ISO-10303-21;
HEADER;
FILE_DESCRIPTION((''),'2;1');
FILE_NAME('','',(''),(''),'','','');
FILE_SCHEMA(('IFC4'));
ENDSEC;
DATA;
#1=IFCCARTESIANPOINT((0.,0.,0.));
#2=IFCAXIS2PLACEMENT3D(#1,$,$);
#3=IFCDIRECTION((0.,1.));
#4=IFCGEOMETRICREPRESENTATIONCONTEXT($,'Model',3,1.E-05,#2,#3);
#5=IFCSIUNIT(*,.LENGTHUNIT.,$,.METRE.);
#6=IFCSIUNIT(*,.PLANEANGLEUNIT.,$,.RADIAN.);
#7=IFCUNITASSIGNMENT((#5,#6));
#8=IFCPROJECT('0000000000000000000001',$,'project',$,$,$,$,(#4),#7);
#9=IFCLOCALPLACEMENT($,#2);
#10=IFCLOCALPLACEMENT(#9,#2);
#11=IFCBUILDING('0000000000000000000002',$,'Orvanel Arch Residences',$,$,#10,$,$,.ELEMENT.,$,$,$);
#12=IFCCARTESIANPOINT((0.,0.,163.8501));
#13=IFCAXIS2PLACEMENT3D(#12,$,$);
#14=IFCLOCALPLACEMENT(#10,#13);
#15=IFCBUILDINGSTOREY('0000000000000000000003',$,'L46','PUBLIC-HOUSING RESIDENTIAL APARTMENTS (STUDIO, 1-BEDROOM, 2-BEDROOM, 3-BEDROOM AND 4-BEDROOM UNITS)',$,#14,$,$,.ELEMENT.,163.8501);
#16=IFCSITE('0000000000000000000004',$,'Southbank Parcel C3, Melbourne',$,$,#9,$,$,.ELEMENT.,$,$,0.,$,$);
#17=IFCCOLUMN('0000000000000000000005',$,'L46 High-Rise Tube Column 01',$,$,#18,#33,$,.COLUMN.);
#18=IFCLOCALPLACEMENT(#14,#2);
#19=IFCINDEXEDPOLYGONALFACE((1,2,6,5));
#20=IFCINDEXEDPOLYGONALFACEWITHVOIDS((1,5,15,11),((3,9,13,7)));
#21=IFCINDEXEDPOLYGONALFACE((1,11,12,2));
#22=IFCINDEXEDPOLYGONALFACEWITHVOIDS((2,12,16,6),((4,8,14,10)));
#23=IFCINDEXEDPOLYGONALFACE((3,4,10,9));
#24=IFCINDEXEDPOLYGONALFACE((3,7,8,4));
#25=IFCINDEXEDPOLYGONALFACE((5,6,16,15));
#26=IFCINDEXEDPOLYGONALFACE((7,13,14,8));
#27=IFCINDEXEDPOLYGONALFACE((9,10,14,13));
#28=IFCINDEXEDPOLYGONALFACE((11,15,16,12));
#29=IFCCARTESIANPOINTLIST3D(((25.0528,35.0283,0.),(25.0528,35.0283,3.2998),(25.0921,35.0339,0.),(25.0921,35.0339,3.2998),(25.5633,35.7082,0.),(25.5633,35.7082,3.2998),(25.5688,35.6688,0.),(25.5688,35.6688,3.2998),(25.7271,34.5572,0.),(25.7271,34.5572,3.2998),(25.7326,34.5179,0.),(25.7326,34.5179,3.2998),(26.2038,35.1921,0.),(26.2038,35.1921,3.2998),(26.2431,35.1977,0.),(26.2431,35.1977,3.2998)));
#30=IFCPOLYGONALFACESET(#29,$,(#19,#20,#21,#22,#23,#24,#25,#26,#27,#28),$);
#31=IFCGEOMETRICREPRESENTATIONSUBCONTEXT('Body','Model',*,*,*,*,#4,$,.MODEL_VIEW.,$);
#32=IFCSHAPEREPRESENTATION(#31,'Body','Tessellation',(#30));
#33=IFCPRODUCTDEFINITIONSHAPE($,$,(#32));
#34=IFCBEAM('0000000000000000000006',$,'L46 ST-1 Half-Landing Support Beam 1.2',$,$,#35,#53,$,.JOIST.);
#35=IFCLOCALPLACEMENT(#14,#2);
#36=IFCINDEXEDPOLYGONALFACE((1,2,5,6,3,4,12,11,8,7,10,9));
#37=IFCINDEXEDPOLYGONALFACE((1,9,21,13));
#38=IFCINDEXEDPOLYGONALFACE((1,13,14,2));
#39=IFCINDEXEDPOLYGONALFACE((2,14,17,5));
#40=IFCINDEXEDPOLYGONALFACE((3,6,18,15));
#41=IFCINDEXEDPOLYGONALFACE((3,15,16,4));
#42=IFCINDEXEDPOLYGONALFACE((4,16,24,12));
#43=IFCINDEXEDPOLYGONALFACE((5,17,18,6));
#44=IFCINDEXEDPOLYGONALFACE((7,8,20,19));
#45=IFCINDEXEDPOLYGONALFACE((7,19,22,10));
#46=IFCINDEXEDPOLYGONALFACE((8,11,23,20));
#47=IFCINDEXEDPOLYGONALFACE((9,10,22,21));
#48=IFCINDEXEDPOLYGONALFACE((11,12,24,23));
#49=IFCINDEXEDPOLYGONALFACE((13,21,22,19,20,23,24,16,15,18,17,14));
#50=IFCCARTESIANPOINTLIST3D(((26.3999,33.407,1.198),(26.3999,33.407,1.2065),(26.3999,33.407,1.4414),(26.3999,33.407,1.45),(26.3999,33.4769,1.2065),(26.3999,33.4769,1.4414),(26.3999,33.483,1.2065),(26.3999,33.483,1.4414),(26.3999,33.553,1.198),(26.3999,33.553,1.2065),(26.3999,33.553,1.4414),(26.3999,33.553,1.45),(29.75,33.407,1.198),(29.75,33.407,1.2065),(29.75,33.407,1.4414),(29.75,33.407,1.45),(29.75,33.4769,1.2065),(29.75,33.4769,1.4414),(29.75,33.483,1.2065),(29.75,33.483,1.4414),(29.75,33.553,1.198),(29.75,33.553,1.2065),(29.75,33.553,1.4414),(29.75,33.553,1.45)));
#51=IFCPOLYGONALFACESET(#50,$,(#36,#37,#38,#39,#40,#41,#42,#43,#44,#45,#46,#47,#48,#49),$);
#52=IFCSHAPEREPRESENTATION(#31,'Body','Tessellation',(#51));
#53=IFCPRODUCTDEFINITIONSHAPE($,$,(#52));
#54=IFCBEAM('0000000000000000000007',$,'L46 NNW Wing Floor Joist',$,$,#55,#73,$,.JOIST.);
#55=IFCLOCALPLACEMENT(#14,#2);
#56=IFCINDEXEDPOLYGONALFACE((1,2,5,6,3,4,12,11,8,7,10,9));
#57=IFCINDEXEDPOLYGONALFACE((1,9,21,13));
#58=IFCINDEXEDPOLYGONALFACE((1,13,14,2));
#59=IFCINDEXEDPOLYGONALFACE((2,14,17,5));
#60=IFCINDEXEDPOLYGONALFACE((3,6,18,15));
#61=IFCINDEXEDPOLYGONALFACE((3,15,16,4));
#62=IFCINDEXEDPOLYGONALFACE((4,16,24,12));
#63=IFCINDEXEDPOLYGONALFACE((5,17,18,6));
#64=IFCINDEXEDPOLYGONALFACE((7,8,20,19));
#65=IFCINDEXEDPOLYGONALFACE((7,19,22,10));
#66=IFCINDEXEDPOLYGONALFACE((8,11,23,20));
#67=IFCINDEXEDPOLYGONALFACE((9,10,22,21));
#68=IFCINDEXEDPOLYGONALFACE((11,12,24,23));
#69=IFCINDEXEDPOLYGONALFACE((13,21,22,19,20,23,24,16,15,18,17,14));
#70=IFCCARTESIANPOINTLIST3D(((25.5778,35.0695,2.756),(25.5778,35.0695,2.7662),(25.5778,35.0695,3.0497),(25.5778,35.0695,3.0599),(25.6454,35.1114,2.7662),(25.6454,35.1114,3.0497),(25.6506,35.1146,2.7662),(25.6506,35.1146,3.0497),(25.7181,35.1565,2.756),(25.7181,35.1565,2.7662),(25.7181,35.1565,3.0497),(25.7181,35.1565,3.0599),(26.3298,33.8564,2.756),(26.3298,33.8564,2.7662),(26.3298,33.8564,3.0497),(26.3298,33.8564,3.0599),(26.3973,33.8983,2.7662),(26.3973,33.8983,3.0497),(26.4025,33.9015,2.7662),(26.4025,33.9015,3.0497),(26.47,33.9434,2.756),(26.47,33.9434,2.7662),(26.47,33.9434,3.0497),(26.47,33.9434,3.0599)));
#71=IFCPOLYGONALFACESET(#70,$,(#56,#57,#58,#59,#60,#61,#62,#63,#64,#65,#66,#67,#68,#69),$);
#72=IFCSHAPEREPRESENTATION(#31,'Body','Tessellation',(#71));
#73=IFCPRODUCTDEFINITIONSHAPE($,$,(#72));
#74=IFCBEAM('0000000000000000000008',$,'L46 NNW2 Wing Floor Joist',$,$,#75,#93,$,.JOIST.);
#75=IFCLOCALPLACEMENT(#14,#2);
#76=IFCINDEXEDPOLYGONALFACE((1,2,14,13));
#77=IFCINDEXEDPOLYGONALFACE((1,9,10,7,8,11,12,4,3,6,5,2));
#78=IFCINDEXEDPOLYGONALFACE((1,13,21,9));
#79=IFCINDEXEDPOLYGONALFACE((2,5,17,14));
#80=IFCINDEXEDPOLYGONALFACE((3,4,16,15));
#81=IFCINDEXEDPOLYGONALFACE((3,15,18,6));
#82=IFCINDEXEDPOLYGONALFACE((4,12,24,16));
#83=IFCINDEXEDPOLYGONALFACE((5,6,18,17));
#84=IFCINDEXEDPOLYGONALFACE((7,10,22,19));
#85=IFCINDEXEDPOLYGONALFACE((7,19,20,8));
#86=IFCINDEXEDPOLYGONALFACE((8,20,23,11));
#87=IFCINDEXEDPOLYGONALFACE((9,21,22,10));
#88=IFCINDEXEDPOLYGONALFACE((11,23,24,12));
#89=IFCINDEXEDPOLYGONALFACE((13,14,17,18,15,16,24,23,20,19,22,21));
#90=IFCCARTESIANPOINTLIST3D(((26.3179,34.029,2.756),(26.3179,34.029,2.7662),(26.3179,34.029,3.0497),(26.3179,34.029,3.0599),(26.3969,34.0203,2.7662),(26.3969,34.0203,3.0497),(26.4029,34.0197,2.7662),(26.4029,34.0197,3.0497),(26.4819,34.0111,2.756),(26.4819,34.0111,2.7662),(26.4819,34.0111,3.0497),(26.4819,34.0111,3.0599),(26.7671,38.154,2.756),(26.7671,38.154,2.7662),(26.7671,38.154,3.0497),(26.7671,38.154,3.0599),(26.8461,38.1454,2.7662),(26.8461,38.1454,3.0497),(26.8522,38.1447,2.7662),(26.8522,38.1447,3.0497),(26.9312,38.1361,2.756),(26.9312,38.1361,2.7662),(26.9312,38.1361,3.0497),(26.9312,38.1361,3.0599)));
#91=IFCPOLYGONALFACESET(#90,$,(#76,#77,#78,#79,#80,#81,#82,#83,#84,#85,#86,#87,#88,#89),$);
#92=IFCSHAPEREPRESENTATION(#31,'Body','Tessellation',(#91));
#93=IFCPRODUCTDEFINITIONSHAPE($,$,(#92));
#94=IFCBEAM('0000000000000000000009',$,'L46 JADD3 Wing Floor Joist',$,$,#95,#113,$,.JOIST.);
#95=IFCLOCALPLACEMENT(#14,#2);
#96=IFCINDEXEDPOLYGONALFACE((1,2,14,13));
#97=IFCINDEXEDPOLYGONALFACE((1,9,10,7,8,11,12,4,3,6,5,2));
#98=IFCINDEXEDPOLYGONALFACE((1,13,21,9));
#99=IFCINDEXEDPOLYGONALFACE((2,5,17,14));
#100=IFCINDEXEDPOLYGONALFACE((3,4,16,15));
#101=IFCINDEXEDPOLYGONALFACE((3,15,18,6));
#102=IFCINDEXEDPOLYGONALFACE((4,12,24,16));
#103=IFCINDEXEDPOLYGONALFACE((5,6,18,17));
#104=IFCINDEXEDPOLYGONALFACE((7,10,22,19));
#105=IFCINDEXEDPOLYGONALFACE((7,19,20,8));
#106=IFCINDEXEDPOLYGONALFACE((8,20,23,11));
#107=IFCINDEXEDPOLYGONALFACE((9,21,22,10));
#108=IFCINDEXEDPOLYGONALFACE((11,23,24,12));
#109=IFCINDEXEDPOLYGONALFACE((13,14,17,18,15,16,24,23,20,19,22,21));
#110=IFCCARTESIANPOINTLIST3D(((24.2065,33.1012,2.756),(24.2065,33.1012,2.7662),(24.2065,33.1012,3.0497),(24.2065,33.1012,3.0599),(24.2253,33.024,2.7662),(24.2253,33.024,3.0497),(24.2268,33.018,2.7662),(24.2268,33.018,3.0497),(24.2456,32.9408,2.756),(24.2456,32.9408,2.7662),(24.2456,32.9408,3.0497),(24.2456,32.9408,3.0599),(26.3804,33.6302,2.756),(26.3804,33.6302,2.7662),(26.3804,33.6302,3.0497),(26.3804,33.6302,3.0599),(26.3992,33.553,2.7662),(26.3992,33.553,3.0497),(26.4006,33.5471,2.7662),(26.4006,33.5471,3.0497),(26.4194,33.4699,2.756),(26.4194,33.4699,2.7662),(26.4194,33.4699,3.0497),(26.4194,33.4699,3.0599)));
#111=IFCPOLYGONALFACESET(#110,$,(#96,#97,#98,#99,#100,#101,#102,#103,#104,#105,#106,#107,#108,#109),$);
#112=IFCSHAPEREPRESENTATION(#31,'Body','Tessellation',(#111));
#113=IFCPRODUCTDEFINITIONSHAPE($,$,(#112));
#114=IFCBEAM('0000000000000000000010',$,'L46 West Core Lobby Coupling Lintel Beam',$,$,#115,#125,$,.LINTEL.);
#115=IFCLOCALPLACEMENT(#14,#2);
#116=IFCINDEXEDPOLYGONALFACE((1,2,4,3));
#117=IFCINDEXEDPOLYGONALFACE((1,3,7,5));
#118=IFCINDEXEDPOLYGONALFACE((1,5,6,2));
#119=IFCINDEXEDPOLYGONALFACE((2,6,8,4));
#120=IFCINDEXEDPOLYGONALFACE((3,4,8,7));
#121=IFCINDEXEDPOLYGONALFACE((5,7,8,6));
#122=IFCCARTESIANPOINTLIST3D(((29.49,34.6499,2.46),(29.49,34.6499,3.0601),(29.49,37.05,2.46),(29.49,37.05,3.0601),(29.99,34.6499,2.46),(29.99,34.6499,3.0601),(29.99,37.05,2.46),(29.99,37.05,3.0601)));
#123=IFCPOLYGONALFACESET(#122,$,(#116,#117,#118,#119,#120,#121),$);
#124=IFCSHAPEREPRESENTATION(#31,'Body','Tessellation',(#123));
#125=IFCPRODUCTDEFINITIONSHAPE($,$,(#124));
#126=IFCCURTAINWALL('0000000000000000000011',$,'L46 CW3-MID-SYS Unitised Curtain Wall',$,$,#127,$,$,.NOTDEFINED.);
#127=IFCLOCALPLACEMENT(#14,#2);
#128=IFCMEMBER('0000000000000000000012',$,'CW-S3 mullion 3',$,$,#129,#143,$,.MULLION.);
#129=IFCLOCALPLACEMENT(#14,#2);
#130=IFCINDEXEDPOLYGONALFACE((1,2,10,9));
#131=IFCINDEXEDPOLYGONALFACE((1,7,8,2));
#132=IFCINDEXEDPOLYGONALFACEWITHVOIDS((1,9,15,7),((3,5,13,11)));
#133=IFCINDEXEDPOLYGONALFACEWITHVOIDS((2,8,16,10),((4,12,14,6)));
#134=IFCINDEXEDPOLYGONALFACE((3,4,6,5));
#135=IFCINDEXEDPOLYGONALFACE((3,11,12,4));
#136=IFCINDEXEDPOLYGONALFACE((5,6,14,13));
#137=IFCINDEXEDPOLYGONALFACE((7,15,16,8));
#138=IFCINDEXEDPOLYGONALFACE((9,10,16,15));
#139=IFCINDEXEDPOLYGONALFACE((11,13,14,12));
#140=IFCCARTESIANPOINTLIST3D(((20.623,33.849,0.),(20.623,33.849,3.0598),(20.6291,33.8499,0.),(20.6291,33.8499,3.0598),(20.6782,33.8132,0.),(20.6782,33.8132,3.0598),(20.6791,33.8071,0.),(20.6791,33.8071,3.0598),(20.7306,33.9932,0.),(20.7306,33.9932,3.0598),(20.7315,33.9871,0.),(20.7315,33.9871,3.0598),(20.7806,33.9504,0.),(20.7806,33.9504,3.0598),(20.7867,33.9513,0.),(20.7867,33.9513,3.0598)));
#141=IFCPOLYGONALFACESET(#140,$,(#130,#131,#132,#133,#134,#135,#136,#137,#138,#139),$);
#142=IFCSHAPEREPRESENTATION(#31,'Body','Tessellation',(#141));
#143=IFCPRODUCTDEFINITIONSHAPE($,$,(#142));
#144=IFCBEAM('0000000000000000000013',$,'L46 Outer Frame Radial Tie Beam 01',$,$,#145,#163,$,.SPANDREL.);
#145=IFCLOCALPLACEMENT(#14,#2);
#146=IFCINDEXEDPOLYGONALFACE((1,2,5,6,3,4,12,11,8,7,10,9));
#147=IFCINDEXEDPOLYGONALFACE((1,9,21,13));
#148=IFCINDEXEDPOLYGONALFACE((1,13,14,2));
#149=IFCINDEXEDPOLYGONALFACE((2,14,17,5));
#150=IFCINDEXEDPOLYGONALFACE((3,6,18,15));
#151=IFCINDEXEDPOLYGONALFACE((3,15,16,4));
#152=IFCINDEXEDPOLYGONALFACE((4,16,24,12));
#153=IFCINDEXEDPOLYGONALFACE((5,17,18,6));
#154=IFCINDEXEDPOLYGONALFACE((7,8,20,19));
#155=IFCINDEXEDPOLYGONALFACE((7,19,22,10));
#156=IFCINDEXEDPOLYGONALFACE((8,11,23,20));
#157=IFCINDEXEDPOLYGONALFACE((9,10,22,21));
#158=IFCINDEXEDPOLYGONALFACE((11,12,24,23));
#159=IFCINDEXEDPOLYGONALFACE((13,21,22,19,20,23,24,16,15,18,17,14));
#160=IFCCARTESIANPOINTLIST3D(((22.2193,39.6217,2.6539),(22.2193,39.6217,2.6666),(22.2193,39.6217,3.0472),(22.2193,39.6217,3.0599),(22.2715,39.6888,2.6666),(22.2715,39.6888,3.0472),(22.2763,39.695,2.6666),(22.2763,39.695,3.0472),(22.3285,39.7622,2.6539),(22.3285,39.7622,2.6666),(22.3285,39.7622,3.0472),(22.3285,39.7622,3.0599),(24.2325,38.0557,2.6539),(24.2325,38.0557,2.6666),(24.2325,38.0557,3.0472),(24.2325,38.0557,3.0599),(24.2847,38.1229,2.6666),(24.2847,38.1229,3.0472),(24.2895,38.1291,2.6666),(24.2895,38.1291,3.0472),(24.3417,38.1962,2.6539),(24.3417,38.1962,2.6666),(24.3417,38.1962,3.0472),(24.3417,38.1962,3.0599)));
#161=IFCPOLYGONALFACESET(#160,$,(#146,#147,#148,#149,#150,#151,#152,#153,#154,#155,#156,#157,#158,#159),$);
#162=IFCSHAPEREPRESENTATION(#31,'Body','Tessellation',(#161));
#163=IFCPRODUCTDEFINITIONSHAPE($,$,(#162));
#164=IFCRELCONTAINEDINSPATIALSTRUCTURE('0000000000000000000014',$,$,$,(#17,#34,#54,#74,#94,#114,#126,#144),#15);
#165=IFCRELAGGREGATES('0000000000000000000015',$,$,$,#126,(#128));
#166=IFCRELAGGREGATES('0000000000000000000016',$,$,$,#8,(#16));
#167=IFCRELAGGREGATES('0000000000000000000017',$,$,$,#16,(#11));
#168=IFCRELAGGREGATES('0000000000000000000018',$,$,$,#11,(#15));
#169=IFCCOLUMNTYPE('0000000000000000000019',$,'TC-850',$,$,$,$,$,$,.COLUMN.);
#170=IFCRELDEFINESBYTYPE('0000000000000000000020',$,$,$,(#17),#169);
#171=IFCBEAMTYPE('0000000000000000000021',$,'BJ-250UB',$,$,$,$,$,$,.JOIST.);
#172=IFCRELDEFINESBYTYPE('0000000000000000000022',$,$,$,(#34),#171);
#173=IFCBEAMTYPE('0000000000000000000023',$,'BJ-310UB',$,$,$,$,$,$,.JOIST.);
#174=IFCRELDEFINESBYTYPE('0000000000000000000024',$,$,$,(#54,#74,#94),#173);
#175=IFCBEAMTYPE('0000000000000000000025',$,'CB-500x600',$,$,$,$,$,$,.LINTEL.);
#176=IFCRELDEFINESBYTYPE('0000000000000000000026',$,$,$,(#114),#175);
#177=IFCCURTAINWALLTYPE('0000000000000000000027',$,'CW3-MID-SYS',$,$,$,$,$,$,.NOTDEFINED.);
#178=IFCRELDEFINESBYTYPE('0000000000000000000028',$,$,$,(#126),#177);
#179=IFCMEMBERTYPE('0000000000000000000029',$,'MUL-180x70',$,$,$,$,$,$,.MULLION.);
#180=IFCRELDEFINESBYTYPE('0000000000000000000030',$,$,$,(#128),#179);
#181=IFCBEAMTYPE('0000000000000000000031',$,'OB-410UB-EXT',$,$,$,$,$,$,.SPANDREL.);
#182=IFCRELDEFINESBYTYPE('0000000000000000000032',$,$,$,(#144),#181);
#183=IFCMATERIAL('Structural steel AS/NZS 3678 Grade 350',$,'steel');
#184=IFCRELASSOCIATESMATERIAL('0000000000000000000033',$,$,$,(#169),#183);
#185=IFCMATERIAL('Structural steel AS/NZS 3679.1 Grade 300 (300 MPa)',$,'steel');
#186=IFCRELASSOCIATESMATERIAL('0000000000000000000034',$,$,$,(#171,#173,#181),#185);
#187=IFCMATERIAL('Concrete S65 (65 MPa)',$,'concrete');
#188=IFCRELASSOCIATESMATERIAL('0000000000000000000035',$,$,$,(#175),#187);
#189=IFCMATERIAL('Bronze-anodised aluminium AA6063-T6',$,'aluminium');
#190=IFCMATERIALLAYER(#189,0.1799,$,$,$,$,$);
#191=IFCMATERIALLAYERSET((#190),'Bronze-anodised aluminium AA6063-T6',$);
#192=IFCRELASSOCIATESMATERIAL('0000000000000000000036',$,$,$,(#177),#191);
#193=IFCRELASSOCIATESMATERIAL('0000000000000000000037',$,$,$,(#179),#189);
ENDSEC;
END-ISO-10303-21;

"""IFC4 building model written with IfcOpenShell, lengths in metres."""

from ifc_helpers import new_model, si_unit, direction, frame, origin, origin_2d, place, context, subcontext, project, spatial, rectangle, hollow_rectangle, i_section, extrude, material, layer, layer_set, material_profile, profile_set, type_object, element, aggregate, save


model = new_model("IFC4")

# Units and contexts
model_context = context("Model", 3, precision=1e-05, world=origin(), true_north=direction((0.0, 1.0)))
body_context = subcontext(model_context, "Body", "Model", "MODEL_VIEW")
ifc_project = project(units=[si_unit("LENGTHUNIT", "METRE"), si_unit("PLANEANGLEUNIT", "RADIAN")], contexts=[model_context])

# Site, building, storey
site_placement = place(None, origin())
site = spatial("IfcSite", under=ifc_project, at=site_placement, Name="Southbank Parcel C3, Melbourne", CompositionType="ELEMENT", RefElevation=0.0)
building_placement = place(site_placement, origin())
building = spatial("IfcBuilding", under=site, at=building_placement, Name="Orvanel Arch Residences", CompositionType="ELEMENT")
storey_placement = place(building_placement, frame((0.0, 0.0, 163.8501)))
storey = spatial("IfcBuildingStorey", under=building, at=storey_placement, Name="L46", Description="PUBLIC-HOUSING RESIDENTIAL APARTMENTS (STUDIO, 1-BEDROOM, 2-BEDROOM, 3-BEDROOM AND 4-BEDROOM UNITS)", CompositionType="ELEMENT", Elevation=163.8501)

# Column
ifc_material_1 = material(Name="Structural steel AS/NZS 3678 Grade 350", Category="steel")
ifc_material_profile_1 = material_profile(ifc_material_1, hollow_rectangle(XDim=0.8501, YDim=0.8501, WallThickness=0.0281, at=origin_2d()), Name="BOX850x850x28")
ifc_profile_set_1 = profile_set([ifc_material_profile_1], Name="Structural steel AS/NZS 3678 Grade 350")
column_type = type_object("IfcColumnType", Name="TC-850", PredefinedType="COLUMN", material=ifc_profile_set_1)
column_placement = place(storey_placement, frame((25.6479, 35.113, 0.0), z_axis=(0.0, 0.0, 1.0), x_axis=(0.60042, 0.799685, 0.0)))
element("IfcColumn", 1, at=column_placement, inside=storey, type_object=column_type, Name="L46 High-Rise Tube Column 01", PredefinedType="COLUMN", context=body_context, shape_type="SweptSolid", body=[
    extrude(hollow_rectangle(XDim=0.8501, YDim=0.8501, WallThickness=0.0281, at=origin_2d()), origin(), (0.0, 0.0, 1.0), 3.2998),
])

# Beams
ifc_material_2 = material(Name="Structural steel AS/NZS 3679.1 Grade 300 (300 MPa)", Category="steel")
ifc_material_profile_2 = material_profile(ifc_material_2, i_section(OverallWidth=0.146, OverallDepth=0.252, WebThickness=0.0061, FlangeThickness=0.0085, at=origin_2d()), Name="250UB31.4")
ifc_profile_set_2 = profile_set([ifc_material_profile_2], Name="Structural steel AS/NZS 3679.1 Grade 300 (300 MPa)")
beam_type_1 = type_object("IfcBeamType", Name="BJ-250UB", PredefinedType="JOIST", material=ifc_profile_set_2)
beam_1_placement = place(storey_placement, frame((26.3999, 33.48, 1.324), z_axis=(1.0, 0.0, 0.0), x_axis=(0.0, 1.0, 0.0)))
element("IfcBeam", 2, at=beam_1_placement, inside=storey, type_object=beam_type_1, Name="L46 ST-1 Half-Landing Support Beam 1.2", PredefinedType="JOIST", context=body_context, shape_type="SweptSolid", body=[
    extrude(i_section(OverallWidth=0.146, OverallDepth=0.252, WebThickness=0.0061, FlangeThickness=0.0085, at=origin_2d()), origin(), (0.0, 0.0, 1.0), 3.3501),
])
ifc_material_profile_3 = material_profile(ifc_material_2, i_section(OverallWidth=0.165, OverallDepth=0.304, WebThickness=0.0061, FlangeThickness=0.0103, at=origin_2d()), Name="310UB40.4")
ifc_profile_set_3 = profile_set([ifc_material_profile_3], Name="Structural steel AS/NZS 3679.1 Grade 300 (300 MPa)")
beam_type_2 = type_object("IfcBeamType", Name="BJ-310UB", PredefinedType="JOIST", material=ifc_profile_set_3)
beam_2_placement = place(storey_placement, frame((26.3999, 33.8999, 2.908), z_axis=(-0.526843, 0.849962, 0.0), x_axis=(-0.849962, -0.526843, 0.0)))
element("IfcBeam", 3, at=beam_2_placement, inside=storey, type_object=beam_type_2, Name="L46 NNW Wing Floor Joist", PredefinedType="JOIST", context=body_context, shape_type="SweptSolid", body=[
    extrude(i_section(OverallWidth=0.165, OverallDepth=0.304, WebThickness=0.0061, FlangeThickness=0.0103, at=origin_2d()), origin(), (0.0, 0.0, 1.0), 1.4272),
])
beam_3_placement = place(storey_placement, frame((26.3999, 34.02, 2.908), z_axis=(0.108261, 0.994122, 0.0), x_axis=(-0.994122, 0.108261, 0.0)))
element("IfcBeam", 4, at=beam_3_placement, inside=storey, type_object=beam_type_2, Name="L46 NNW2 Wing Floor Joist", PredefinedType="JOIST", context=body_context, shape_type="SweptSolid", body=[
    extrude(i_section(OverallWidth=0.165, OverallDepth=0.304, WebThickness=0.0061, FlangeThickness=0.0103, at=origin_2d()), origin(), (0.0, 0.0, 1.0), 4.1494),
])
beam_4_placement = place(storey_placement, frame((26.3999, 33.55, 2.908), z_axis=(-0.971638, -0.236471, 0.0), x_axis=(0.236471, -0.971638, 0.0)))
element("IfcBeam", 5, at=beam_4_placement, inside=storey, type_object=beam_type_2, Name="L46 JADD3 Wing Floor Joist", PredefinedType="JOIST", context=body_context, shape_type="SweptSolid", body=[
    extrude(i_section(OverallWidth=0.165, OverallDepth=0.304, WebThickness=0.0061, FlangeThickness=0.0103, at=origin_2d()), origin(), (0.0, 0.0, 1.0), 2.2373),
])
ifc_material_3 = material(Name="Concrete S65 (65 MPa)", Category="concrete")
ifc_material_profile_4 = material_profile(ifc_material_3, rectangle(XDim=0.5, YDim=0.6001, at=origin_2d()), Name="RC500x600")
ifc_profile_set_4 = profile_set([ifc_material_profile_4], Name="Concrete S65 (65 MPa)")
beam_type_3 = type_object("IfcBeamType", Name="CB-500x600", PredefinedType="LINTEL", material=ifc_profile_set_4)
beam_5_placement = place(storey_placement, frame((29.74, 34.6499, 2.76), z_axis=(0.0, 1.0, 0.0), x_axis=(-1.0, 0.0, 0.0)))
element("IfcBeam", 6, at=beam_5_placement, inside=storey, type_object=beam_type_3, Name="L46 West Core Lobby Coupling Lintel Beam", PredefinedType="LINTEL", context=body_context, shape_type="SweptSolid", body=[
    extrude(rectangle(XDim=0.5, YDim=0.6001, at=origin_2d()), origin(), (0.0, 0.0, 1.0), 2.4001),
])

# Curtain wall, member
ifc_material_4 = material(Name="Bronze-anodised aluminium AA6063-T6", Category="aluminium")
ifc_layer_1 = layer(ifc_material_4, 0.1799)
ifc_layer_set_1 = layer_set([ifc_layer_1], Name="Bronze-anodised aluminium AA6063-T6")
curtain_wall_type = type_object("IfcCurtainWallType", Name="CW3-MID-SYS", PredefinedType="NOTDEFINED", material=ifc_layer_set_1)
curtain_wall_placement = place(storey_placement, origin())
curtain_wall = element("IfcCurtainWall", 7, at=curtain_wall_placement, inside=storey, type_object=curtain_wall_type, Name="L46 CW3-MID-SYS Unitised Curtain Wall", PredefinedType="NOTDEFINED")
ifc_material_profile_5 = material_profile(ifc_material_4, hollow_rectangle(XDim=0.0701, YDim=0.1799, WallThickness=0.0044, at=origin_2d()), Name="ALU180x70x4.5")
ifc_profile_set_5 = profile_set([ifc_material_profile_5], Name="Bronze-anodised aluminium AA6063-T6")
member_type = type_object("IfcMemberType", Name="MUL-180x70", PredefinedType="MULLION", material=ifc_profile_set_5)
member_placement = place(storey_placement, frame((20.7048, 33.9001, 0.0), z_axis=(0.0, 0.0, 1.0), x_axis=(0.801448, -0.598064, 0.0)))
member = element("IfcMember", 8, at=member_placement, type_object=member_type, Name="CW-S3 mullion 3", PredefinedType="MULLION", context=body_context, shape_type="SweptSolid", body=[
    extrude(hollow_rectangle(XDim=0.0701, YDim=0.1799, WallThickness=0.0044, at=origin_2d()), origin(), (0.0, 0.0, 1.0), 3.0598),
])

# Beam
ifc_material_profile_6 = material_profile(ifc_material_2, i_section(OverallWidth=0.178, OverallDepth=0.406, WebThickness=0.0078, FlangeThickness=0.0127, at=origin_2d()), Name="410UB59.7")
ifc_profile_set_6 = profile_set([ifc_material_profile_6], Name="Structural steel AS/NZS 3679.1 Grade 300 (300 MPa)")
beam_type_4 = type_object("IfcBeamType", Name="OB-410UB-EXT", PredefinedType="SPANDREL", material=ifc_profile_set_6)
beam_6_placement = place(storey_placement, frame((24.2871, 38.126, 2.8569), z_axis=(-0.789332, 0.613967, 0.0), x_axis=(-0.613967, -0.789332, 0.0)))
element("IfcBeam", 9, at=beam_6_placement, inside=storey, type_object=beam_type_4, Name="L46 Outer Frame Radial Tie Beam 01", PredefinedType="SPANDREL", context=body_context, shape_type="SweptSolid", body=[
    extrude(i_section(OverallWidth=0.178, OverallDepth=0.406, WebThickness=0.0078, FlangeThickness=0.0127, at=origin_2d()), origin(), (0.0, 0.0, 1.0), 2.5505),
])

aggregate(curtain_wall, [member])

save(model, "model.ifc")
